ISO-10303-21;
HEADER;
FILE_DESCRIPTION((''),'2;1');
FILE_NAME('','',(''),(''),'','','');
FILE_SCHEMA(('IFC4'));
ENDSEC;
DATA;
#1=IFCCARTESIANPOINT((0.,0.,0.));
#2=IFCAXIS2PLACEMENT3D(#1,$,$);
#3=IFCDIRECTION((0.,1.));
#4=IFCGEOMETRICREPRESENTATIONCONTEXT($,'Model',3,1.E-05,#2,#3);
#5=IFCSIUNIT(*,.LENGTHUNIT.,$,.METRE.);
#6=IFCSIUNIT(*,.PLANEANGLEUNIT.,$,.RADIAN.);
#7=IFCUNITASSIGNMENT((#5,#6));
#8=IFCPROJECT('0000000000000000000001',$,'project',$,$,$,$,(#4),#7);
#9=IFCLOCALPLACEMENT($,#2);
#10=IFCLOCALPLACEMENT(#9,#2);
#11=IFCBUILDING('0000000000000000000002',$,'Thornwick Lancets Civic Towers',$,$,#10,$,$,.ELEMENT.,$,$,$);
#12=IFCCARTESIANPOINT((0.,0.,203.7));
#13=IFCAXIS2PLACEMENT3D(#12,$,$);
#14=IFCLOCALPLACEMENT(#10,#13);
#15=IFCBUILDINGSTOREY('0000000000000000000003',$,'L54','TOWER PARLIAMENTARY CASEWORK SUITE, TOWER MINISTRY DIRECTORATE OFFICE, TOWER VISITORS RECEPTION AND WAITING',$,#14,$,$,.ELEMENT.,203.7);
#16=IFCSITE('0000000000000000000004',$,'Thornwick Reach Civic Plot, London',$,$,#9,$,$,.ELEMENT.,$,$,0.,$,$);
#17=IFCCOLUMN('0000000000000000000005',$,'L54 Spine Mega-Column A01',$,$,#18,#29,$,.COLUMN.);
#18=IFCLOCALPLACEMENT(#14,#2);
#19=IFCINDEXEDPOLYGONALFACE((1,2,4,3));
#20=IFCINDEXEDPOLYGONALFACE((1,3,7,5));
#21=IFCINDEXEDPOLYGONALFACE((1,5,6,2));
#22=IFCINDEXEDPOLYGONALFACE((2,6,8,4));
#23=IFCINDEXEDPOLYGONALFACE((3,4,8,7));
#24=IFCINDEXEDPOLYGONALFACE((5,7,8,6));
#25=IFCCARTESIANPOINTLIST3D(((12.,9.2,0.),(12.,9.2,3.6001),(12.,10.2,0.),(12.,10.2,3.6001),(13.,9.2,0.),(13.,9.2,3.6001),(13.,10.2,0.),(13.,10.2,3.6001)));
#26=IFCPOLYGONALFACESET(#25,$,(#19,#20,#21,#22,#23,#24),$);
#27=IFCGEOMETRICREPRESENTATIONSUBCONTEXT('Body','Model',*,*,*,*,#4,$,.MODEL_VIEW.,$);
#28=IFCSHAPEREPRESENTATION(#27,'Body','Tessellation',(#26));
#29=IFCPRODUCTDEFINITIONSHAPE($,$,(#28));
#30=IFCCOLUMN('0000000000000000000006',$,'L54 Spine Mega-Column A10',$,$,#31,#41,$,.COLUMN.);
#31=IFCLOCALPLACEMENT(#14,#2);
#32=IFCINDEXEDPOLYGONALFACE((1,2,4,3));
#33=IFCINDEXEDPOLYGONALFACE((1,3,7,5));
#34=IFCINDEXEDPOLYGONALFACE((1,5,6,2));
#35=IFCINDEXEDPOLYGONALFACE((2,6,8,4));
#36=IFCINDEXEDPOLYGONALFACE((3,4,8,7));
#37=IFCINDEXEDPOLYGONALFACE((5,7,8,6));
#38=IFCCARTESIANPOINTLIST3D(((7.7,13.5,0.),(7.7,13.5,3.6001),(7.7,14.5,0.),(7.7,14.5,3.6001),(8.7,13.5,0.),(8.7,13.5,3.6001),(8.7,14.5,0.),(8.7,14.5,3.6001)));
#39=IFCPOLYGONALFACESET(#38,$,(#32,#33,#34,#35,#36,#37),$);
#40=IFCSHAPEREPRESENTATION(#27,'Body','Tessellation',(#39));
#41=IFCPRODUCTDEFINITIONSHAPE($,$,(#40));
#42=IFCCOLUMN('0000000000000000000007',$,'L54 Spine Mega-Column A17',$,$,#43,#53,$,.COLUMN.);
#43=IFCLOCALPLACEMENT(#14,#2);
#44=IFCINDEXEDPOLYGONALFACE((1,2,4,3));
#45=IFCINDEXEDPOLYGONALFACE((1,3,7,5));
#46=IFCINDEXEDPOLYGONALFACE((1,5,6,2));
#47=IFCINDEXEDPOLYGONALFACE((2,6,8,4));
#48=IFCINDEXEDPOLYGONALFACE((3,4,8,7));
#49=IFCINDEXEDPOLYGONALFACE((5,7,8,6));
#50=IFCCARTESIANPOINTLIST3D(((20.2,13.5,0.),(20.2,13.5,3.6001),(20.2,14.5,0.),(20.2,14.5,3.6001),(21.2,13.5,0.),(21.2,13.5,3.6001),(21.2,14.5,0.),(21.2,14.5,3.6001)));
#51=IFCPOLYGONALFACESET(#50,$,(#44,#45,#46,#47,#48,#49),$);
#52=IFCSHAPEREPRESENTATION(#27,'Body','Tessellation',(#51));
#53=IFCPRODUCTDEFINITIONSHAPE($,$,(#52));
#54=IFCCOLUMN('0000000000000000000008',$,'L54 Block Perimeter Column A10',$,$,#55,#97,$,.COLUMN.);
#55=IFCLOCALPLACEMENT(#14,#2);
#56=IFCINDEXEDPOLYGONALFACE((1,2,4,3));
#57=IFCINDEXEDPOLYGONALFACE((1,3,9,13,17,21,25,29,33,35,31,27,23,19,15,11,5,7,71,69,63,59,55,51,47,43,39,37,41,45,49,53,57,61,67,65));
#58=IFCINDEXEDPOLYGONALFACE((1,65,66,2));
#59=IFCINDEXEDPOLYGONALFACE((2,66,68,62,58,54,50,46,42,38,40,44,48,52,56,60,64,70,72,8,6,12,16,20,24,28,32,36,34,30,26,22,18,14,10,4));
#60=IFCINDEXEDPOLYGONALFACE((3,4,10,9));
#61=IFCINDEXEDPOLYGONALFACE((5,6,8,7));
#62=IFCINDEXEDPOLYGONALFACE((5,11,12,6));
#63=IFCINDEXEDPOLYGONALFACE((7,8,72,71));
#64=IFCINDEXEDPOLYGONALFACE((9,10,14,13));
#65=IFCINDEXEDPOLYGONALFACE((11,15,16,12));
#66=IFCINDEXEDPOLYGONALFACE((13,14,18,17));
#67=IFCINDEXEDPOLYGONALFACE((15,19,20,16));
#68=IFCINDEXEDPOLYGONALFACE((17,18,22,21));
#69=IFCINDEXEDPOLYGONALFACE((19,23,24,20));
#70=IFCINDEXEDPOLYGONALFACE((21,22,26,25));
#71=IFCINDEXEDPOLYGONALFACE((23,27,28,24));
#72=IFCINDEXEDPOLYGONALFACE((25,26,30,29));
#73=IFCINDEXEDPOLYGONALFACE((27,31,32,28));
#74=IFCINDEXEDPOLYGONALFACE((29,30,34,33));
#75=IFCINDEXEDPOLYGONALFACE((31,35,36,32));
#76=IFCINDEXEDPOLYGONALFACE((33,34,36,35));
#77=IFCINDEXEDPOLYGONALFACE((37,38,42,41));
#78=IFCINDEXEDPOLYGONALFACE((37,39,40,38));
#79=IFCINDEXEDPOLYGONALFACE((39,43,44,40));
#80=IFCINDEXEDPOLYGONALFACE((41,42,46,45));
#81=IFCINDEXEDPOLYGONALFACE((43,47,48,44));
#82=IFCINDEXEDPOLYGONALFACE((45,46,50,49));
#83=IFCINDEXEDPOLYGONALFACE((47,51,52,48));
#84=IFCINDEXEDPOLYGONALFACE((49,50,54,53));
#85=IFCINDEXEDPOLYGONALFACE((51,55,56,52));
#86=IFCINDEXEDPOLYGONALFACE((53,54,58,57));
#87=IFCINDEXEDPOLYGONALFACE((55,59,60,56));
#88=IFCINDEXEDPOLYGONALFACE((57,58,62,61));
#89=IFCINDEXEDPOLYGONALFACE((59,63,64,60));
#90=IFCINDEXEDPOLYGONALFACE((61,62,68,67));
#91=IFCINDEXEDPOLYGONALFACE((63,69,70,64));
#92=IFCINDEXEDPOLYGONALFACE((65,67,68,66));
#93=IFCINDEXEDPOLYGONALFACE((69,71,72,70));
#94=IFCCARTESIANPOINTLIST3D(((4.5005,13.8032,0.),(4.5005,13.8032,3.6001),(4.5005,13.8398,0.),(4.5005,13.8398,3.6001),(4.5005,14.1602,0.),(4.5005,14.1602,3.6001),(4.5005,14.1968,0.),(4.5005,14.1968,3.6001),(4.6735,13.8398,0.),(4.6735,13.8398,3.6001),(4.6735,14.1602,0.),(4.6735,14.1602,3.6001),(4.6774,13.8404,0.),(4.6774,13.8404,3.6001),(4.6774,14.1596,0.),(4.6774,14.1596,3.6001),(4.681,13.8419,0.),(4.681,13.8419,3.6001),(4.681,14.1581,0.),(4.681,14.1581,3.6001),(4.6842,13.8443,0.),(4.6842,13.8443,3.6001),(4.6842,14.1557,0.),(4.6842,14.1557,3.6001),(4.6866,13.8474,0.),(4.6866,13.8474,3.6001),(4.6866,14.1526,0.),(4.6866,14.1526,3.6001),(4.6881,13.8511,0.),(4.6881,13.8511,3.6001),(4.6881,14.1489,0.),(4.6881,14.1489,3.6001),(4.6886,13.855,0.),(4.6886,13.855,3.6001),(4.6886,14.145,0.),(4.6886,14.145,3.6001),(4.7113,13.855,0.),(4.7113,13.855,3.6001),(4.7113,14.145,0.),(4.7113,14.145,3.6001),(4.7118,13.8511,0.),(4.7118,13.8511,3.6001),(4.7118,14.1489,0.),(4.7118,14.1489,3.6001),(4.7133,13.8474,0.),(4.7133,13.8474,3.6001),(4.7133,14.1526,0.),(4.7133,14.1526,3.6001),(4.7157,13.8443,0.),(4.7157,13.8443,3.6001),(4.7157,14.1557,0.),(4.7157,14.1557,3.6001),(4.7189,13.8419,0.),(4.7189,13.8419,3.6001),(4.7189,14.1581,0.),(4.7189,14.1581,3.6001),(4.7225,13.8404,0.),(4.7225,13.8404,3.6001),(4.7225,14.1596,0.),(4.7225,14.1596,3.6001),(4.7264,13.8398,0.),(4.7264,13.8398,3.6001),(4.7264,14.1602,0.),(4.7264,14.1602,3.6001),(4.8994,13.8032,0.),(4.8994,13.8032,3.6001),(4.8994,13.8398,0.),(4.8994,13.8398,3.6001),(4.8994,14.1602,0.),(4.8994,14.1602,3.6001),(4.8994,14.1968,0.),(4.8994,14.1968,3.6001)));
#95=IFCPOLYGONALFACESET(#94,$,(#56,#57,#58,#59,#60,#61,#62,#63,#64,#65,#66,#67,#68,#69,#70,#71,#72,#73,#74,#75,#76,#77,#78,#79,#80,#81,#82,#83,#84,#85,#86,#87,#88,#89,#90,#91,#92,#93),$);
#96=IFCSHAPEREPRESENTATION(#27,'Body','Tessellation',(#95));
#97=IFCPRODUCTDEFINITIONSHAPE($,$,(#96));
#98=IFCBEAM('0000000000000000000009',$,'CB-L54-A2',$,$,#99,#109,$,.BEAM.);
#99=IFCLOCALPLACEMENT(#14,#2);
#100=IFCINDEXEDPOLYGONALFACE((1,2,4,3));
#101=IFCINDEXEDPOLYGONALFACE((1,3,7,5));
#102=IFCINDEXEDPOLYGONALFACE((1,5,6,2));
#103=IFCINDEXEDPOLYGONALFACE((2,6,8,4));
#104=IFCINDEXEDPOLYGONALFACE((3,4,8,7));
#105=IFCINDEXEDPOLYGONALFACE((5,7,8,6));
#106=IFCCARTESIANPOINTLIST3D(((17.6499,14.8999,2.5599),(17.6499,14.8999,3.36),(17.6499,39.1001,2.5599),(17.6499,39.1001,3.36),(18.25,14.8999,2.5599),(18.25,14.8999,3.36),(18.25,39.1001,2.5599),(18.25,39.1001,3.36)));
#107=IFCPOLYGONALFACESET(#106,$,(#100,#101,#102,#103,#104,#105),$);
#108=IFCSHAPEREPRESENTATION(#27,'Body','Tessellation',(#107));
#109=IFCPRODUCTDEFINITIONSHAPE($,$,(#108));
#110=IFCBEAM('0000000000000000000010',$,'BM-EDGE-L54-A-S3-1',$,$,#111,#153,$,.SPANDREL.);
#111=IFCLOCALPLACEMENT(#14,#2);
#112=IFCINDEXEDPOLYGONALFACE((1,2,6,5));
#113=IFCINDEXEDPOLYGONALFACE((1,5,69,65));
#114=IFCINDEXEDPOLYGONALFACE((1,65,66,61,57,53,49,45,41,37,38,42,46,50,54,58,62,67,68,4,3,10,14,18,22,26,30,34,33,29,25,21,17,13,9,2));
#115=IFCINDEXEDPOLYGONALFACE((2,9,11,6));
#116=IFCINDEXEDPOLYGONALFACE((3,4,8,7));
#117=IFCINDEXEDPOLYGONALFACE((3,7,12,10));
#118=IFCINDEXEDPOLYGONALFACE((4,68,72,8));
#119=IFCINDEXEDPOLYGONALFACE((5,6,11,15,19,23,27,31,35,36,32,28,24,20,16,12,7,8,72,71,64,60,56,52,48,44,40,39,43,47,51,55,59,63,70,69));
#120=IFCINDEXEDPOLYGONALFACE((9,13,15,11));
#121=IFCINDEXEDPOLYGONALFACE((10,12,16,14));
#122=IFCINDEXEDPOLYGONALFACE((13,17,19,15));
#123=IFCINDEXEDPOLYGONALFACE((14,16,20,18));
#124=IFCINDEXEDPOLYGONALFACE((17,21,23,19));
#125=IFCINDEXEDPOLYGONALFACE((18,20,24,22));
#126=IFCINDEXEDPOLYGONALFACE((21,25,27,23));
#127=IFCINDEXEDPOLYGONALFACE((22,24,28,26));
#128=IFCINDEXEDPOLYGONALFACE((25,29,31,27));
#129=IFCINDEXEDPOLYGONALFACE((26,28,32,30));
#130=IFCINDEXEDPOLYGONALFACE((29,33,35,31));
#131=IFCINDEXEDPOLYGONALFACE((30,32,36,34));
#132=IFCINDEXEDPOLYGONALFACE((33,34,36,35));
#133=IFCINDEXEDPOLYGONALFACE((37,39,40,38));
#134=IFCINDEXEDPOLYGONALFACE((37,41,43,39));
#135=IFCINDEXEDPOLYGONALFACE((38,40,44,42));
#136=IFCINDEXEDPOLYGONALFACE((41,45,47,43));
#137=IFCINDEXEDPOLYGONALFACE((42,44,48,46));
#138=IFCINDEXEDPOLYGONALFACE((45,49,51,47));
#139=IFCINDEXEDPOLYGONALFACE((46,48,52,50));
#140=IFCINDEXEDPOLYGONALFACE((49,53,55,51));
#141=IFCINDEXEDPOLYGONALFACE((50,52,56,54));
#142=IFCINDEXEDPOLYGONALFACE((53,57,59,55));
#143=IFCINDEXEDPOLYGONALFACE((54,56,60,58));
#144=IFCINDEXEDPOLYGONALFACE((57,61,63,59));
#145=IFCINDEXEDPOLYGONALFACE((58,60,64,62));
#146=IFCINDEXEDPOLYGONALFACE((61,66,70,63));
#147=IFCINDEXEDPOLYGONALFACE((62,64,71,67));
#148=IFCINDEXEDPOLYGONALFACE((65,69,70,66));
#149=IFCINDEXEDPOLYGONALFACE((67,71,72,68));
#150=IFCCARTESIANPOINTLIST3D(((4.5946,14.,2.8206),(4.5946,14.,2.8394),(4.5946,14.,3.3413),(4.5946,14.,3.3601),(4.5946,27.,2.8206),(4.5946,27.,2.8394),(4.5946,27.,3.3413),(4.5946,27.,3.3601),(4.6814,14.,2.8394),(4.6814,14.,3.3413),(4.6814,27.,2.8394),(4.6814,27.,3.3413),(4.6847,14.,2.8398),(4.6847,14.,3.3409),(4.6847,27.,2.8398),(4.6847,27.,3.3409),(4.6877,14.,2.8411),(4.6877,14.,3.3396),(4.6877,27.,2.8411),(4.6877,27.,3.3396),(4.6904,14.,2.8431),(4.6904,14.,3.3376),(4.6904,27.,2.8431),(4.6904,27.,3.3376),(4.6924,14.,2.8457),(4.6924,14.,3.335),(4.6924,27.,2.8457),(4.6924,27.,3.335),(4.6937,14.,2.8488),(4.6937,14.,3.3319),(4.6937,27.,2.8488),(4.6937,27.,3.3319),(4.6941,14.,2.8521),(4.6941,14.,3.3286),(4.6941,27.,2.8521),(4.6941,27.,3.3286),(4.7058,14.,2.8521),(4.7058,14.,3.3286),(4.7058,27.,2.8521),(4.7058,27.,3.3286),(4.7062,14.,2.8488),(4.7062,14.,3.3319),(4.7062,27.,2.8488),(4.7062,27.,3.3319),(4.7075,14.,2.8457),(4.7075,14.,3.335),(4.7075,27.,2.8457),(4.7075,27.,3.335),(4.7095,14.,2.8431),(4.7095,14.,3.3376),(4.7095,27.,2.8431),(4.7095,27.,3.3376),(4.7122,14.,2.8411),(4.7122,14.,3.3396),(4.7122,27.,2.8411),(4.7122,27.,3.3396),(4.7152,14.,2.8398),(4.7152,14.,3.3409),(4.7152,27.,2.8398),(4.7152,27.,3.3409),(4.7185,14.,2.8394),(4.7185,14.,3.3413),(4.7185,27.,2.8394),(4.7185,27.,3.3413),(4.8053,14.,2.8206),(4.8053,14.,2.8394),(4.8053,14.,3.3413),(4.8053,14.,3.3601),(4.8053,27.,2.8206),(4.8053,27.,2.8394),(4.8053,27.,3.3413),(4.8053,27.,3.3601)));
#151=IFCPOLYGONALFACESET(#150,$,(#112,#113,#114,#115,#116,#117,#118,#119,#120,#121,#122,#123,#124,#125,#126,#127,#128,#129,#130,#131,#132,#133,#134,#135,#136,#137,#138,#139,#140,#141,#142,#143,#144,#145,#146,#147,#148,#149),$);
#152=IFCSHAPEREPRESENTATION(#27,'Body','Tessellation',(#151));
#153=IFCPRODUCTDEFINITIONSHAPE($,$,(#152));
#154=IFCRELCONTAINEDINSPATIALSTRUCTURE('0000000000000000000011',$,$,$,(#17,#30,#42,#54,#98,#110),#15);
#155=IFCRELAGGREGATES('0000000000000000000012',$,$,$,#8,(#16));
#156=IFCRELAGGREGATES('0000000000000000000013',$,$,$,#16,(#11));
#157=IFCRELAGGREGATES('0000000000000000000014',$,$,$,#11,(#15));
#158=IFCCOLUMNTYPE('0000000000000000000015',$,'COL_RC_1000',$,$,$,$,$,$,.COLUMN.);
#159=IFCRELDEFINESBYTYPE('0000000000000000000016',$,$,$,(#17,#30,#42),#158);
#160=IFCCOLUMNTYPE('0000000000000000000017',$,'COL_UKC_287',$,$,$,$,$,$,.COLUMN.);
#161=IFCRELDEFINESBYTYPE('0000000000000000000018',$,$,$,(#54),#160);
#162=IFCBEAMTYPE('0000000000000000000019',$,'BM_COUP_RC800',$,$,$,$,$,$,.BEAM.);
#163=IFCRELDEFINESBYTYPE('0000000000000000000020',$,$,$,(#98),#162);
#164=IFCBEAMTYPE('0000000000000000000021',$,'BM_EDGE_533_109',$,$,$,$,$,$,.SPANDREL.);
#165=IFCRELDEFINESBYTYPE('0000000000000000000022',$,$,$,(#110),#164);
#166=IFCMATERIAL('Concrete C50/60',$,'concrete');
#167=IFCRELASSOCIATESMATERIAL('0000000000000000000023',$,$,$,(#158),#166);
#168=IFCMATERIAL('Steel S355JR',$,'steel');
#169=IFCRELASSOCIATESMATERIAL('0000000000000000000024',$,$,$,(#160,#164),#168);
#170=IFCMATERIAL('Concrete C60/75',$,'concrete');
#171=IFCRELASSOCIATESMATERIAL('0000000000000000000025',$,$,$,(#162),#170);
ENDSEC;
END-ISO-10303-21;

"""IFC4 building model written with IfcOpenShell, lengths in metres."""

from ifc_helpers import new_model, si_unit, direction, frame, origin, origin_2d, place, context, subcontext, project, spatial, rectangle, i_section, extrude, material, material_profile, profile_set, type_object, element, save


model = new_model("IFC4")

# Units and contexts
model_context = context("Model", 3, precision=1e-05, world=origin(), true_north=direction((0.0, 1.0)))
body_context = subcontext(model_context, "Body", "Model", "MODEL_VIEW")
ifc_project = project(units=[si_unit("LENGTHUNIT", "METRE"), si_unit("PLANEANGLEUNIT", "RADIAN")], contexts=[model_context])

# Site, building, storey
site_placement = place(None, origin())
site = spatial("IfcSite", under=ifc_project, at=site_placement, Name="Thornwick Reach Civic Plot, London", CompositionType="ELEMENT", RefElevation=0.0)
building_placement = place(site_placement, origin())
building = spatial("IfcBuilding", under=site, at=building_placement, Name="Thornwick Lancets Civic Towers", CompositionType="ELEMENT")
storey_placement = place(building_placement, frame((0.0, 0.0, 203.7)))
storey = spatial("IfcBuildingStorey", under=building, at=storey_placement, Name="L54", Description="TOWER PARLIAMENTARY CASEWORK SUITE, TOWER MINISTRY DIRECTORATE OFFICE, TOWER VISITORS RECEPTION AND WAITING", CompositionType="ELEMENT", Elevation=203.7)

# Columns
ifc_material_1 = material(Name="Concrete C50/60", Category="concrete")
ifc_material_profile_1 = material_profile(ifc_material_1, rectangle(XDim=1.0, YDim=1.0, at=origin_2d()), Name="RC 1000x1000")
ifc_profile_set_1 = profile_set([ifc_material_profile_1], Name="Concrete C50/60")
column_type_1 = type_object("IfcColumnType", Name="COL_RC_1000", PredefinedType="COLUMN", material=ifc_profile_set_1)
for number, where, z_axis, x_axis, name in (
    (1, (12.5, 9.7, 0.0), (0.0, 0.0, 1.0), (1.0, 0.0, 0.0), "L54 Spine Mega-Column A01"),
    (2, (8.2, 14.0, 0.0), (0.0, 0.0, 1.0), (1.0, 0.0, 0.0), "L54 Spine Mega-Column A10"),
    (3, (20.7, 14.0, 0.0), (0.0, 0.0, 1.0), (1.0, 0.0, 0.0), "L54 Spine Mega-Column A17"),
):
    element("IfcColumn", number, at=place(storey_placement, frame(where, z_axis=z_axis, x_axis=x_axis)), inside=storey, type_object=column_type_1, Name=name, PredefinedType="COLUMN", context=body_context, shape_type="SweptSolid", body=[
        extrude(rectangle(XDim=1.0, YDim=1.0, at=origin_2d()), origin(), (0.0, 0.0, 1.0), 3.6001),
    ])
ifc_material_2 = material(Name="Steel S355JR", Category="steel")
ifc_material_profile_2 = material_profile(ifc_material_2, i_section(OverallWidth=0.3989, OverallDepth=0.3936, WebThickness=0.0227, FlangeThickness=0.0366, FilletRadius=0.0151, at=origin_2d()), Name="UKC 356x406x287")
ifc_profile_set_2 = profile_set([ifc_material_profile_2], Name="Steel S355JR")
column_type_2 = type_object("IfcColumnType", Name="COL_UKC_287", PredefinedType="COLUMN", material=ifc_profile_set_2)
column_placement = place(storey_placement, frame((4.7, 14.0, 0.0), z_axis=(0.0, 0.0, 1.0), x_axis=(1.0, 0.0, 0.0)))
element("IfcColumn", 4, at=column_placement, inside=storey, type_object=column_type_2, Name="L54 Block Perimeter Column A10", PredefinedType="COLUMN", context=body_context, shape_type="SweptSolid", body=[
    extrude(i_section(OverallWidth=0.3989, OverallDepth=0.3936, WebThickness=0.0227, FlangeThickness=0.0366, FilletRadius=0.0151, at=origin_2d()), origin(), (0.0, 0.0, 1.0), 3.6001),
])

# Beams
ifc_material_3 = material(Name="Concrete C60/75", Category="concrete")
ifc_material_profile_3 = material_profile(ifc_material_3, rectangle(XDim=0.6001, YDim=0.8, at=origin_2d()), Name="RC 600x800")
ifc_profile_set_3 = profile_set([ifc_material_profile_3], Name="Concrete C60/75")
beam_type_1 = type_object("IfcBeamType", Name="BM_COUP_RC800", PredefinedType="BEAM", material=ifc_profile_set_3)
beam_1_placement = place(storey_placement, frame((17.95, 14.8999, 2.96), z_axis=(0.0, 1.0, 0.0), x_axis=(-1.0, 0.0, 0.0)))
element("IfcBeam", 5, at=beam_1_placement, inside=storey, type_object=beam_type_1, Name="CB-L54-A2", PredefinedType="BEAM", context=body_context, shape_type="SweptSolid", body=[
    extrude(rectangle(XDim=0.6001, YDim=0.8, at=origin_2d()), origin(), (0.0, 0.0, 1.0), 24.2002),
])
ifc_material_profile_4 = material_profile(ifc_material_2, i_section(OverallWidth=0.2107, OverallDepth=0.5396, WebThickness=0.0117, FlangeThickness=0.0188, FilletRadius=0.0127, at=origin_2d()), Name="UKB 533x210x109")
ifc_profile_set_4 = profile_set([ifc_material_profile_4], Name="Steel S355JR")
beam_type_2 = type_object("IfcBeamType", Name="BM_EDGE_533_109", PredefinedType="SPANDREL", material=ifc_profile_set_4)
beam_2_placement = place(storey_placement, frame((4.7, 14.0, 3.0903), z_axis=(0.0, 1.0, 0.0), x_axis=(-1.0, 0.0, 0.0)))
element("IfcBeam", 6, at=beam_2_placement, inside=storey, type_object=beam_type_2, Name="BM-EDGE-L54-A-S3-1", PredefinedType="SPANDREL", context=body_context, shape_type="SweptSolid", body=[
    extrude(i_section(OverallWidth=0.2107, OverallDepth=0.5396, WebThickness=0.0117, FlangeThickness=0.0188, FilletRadius=0.0127, at=origin_2d()), origin(), (0.0, 0.0, 1.0), 13.0),
])

save(model, "model.ifc")
